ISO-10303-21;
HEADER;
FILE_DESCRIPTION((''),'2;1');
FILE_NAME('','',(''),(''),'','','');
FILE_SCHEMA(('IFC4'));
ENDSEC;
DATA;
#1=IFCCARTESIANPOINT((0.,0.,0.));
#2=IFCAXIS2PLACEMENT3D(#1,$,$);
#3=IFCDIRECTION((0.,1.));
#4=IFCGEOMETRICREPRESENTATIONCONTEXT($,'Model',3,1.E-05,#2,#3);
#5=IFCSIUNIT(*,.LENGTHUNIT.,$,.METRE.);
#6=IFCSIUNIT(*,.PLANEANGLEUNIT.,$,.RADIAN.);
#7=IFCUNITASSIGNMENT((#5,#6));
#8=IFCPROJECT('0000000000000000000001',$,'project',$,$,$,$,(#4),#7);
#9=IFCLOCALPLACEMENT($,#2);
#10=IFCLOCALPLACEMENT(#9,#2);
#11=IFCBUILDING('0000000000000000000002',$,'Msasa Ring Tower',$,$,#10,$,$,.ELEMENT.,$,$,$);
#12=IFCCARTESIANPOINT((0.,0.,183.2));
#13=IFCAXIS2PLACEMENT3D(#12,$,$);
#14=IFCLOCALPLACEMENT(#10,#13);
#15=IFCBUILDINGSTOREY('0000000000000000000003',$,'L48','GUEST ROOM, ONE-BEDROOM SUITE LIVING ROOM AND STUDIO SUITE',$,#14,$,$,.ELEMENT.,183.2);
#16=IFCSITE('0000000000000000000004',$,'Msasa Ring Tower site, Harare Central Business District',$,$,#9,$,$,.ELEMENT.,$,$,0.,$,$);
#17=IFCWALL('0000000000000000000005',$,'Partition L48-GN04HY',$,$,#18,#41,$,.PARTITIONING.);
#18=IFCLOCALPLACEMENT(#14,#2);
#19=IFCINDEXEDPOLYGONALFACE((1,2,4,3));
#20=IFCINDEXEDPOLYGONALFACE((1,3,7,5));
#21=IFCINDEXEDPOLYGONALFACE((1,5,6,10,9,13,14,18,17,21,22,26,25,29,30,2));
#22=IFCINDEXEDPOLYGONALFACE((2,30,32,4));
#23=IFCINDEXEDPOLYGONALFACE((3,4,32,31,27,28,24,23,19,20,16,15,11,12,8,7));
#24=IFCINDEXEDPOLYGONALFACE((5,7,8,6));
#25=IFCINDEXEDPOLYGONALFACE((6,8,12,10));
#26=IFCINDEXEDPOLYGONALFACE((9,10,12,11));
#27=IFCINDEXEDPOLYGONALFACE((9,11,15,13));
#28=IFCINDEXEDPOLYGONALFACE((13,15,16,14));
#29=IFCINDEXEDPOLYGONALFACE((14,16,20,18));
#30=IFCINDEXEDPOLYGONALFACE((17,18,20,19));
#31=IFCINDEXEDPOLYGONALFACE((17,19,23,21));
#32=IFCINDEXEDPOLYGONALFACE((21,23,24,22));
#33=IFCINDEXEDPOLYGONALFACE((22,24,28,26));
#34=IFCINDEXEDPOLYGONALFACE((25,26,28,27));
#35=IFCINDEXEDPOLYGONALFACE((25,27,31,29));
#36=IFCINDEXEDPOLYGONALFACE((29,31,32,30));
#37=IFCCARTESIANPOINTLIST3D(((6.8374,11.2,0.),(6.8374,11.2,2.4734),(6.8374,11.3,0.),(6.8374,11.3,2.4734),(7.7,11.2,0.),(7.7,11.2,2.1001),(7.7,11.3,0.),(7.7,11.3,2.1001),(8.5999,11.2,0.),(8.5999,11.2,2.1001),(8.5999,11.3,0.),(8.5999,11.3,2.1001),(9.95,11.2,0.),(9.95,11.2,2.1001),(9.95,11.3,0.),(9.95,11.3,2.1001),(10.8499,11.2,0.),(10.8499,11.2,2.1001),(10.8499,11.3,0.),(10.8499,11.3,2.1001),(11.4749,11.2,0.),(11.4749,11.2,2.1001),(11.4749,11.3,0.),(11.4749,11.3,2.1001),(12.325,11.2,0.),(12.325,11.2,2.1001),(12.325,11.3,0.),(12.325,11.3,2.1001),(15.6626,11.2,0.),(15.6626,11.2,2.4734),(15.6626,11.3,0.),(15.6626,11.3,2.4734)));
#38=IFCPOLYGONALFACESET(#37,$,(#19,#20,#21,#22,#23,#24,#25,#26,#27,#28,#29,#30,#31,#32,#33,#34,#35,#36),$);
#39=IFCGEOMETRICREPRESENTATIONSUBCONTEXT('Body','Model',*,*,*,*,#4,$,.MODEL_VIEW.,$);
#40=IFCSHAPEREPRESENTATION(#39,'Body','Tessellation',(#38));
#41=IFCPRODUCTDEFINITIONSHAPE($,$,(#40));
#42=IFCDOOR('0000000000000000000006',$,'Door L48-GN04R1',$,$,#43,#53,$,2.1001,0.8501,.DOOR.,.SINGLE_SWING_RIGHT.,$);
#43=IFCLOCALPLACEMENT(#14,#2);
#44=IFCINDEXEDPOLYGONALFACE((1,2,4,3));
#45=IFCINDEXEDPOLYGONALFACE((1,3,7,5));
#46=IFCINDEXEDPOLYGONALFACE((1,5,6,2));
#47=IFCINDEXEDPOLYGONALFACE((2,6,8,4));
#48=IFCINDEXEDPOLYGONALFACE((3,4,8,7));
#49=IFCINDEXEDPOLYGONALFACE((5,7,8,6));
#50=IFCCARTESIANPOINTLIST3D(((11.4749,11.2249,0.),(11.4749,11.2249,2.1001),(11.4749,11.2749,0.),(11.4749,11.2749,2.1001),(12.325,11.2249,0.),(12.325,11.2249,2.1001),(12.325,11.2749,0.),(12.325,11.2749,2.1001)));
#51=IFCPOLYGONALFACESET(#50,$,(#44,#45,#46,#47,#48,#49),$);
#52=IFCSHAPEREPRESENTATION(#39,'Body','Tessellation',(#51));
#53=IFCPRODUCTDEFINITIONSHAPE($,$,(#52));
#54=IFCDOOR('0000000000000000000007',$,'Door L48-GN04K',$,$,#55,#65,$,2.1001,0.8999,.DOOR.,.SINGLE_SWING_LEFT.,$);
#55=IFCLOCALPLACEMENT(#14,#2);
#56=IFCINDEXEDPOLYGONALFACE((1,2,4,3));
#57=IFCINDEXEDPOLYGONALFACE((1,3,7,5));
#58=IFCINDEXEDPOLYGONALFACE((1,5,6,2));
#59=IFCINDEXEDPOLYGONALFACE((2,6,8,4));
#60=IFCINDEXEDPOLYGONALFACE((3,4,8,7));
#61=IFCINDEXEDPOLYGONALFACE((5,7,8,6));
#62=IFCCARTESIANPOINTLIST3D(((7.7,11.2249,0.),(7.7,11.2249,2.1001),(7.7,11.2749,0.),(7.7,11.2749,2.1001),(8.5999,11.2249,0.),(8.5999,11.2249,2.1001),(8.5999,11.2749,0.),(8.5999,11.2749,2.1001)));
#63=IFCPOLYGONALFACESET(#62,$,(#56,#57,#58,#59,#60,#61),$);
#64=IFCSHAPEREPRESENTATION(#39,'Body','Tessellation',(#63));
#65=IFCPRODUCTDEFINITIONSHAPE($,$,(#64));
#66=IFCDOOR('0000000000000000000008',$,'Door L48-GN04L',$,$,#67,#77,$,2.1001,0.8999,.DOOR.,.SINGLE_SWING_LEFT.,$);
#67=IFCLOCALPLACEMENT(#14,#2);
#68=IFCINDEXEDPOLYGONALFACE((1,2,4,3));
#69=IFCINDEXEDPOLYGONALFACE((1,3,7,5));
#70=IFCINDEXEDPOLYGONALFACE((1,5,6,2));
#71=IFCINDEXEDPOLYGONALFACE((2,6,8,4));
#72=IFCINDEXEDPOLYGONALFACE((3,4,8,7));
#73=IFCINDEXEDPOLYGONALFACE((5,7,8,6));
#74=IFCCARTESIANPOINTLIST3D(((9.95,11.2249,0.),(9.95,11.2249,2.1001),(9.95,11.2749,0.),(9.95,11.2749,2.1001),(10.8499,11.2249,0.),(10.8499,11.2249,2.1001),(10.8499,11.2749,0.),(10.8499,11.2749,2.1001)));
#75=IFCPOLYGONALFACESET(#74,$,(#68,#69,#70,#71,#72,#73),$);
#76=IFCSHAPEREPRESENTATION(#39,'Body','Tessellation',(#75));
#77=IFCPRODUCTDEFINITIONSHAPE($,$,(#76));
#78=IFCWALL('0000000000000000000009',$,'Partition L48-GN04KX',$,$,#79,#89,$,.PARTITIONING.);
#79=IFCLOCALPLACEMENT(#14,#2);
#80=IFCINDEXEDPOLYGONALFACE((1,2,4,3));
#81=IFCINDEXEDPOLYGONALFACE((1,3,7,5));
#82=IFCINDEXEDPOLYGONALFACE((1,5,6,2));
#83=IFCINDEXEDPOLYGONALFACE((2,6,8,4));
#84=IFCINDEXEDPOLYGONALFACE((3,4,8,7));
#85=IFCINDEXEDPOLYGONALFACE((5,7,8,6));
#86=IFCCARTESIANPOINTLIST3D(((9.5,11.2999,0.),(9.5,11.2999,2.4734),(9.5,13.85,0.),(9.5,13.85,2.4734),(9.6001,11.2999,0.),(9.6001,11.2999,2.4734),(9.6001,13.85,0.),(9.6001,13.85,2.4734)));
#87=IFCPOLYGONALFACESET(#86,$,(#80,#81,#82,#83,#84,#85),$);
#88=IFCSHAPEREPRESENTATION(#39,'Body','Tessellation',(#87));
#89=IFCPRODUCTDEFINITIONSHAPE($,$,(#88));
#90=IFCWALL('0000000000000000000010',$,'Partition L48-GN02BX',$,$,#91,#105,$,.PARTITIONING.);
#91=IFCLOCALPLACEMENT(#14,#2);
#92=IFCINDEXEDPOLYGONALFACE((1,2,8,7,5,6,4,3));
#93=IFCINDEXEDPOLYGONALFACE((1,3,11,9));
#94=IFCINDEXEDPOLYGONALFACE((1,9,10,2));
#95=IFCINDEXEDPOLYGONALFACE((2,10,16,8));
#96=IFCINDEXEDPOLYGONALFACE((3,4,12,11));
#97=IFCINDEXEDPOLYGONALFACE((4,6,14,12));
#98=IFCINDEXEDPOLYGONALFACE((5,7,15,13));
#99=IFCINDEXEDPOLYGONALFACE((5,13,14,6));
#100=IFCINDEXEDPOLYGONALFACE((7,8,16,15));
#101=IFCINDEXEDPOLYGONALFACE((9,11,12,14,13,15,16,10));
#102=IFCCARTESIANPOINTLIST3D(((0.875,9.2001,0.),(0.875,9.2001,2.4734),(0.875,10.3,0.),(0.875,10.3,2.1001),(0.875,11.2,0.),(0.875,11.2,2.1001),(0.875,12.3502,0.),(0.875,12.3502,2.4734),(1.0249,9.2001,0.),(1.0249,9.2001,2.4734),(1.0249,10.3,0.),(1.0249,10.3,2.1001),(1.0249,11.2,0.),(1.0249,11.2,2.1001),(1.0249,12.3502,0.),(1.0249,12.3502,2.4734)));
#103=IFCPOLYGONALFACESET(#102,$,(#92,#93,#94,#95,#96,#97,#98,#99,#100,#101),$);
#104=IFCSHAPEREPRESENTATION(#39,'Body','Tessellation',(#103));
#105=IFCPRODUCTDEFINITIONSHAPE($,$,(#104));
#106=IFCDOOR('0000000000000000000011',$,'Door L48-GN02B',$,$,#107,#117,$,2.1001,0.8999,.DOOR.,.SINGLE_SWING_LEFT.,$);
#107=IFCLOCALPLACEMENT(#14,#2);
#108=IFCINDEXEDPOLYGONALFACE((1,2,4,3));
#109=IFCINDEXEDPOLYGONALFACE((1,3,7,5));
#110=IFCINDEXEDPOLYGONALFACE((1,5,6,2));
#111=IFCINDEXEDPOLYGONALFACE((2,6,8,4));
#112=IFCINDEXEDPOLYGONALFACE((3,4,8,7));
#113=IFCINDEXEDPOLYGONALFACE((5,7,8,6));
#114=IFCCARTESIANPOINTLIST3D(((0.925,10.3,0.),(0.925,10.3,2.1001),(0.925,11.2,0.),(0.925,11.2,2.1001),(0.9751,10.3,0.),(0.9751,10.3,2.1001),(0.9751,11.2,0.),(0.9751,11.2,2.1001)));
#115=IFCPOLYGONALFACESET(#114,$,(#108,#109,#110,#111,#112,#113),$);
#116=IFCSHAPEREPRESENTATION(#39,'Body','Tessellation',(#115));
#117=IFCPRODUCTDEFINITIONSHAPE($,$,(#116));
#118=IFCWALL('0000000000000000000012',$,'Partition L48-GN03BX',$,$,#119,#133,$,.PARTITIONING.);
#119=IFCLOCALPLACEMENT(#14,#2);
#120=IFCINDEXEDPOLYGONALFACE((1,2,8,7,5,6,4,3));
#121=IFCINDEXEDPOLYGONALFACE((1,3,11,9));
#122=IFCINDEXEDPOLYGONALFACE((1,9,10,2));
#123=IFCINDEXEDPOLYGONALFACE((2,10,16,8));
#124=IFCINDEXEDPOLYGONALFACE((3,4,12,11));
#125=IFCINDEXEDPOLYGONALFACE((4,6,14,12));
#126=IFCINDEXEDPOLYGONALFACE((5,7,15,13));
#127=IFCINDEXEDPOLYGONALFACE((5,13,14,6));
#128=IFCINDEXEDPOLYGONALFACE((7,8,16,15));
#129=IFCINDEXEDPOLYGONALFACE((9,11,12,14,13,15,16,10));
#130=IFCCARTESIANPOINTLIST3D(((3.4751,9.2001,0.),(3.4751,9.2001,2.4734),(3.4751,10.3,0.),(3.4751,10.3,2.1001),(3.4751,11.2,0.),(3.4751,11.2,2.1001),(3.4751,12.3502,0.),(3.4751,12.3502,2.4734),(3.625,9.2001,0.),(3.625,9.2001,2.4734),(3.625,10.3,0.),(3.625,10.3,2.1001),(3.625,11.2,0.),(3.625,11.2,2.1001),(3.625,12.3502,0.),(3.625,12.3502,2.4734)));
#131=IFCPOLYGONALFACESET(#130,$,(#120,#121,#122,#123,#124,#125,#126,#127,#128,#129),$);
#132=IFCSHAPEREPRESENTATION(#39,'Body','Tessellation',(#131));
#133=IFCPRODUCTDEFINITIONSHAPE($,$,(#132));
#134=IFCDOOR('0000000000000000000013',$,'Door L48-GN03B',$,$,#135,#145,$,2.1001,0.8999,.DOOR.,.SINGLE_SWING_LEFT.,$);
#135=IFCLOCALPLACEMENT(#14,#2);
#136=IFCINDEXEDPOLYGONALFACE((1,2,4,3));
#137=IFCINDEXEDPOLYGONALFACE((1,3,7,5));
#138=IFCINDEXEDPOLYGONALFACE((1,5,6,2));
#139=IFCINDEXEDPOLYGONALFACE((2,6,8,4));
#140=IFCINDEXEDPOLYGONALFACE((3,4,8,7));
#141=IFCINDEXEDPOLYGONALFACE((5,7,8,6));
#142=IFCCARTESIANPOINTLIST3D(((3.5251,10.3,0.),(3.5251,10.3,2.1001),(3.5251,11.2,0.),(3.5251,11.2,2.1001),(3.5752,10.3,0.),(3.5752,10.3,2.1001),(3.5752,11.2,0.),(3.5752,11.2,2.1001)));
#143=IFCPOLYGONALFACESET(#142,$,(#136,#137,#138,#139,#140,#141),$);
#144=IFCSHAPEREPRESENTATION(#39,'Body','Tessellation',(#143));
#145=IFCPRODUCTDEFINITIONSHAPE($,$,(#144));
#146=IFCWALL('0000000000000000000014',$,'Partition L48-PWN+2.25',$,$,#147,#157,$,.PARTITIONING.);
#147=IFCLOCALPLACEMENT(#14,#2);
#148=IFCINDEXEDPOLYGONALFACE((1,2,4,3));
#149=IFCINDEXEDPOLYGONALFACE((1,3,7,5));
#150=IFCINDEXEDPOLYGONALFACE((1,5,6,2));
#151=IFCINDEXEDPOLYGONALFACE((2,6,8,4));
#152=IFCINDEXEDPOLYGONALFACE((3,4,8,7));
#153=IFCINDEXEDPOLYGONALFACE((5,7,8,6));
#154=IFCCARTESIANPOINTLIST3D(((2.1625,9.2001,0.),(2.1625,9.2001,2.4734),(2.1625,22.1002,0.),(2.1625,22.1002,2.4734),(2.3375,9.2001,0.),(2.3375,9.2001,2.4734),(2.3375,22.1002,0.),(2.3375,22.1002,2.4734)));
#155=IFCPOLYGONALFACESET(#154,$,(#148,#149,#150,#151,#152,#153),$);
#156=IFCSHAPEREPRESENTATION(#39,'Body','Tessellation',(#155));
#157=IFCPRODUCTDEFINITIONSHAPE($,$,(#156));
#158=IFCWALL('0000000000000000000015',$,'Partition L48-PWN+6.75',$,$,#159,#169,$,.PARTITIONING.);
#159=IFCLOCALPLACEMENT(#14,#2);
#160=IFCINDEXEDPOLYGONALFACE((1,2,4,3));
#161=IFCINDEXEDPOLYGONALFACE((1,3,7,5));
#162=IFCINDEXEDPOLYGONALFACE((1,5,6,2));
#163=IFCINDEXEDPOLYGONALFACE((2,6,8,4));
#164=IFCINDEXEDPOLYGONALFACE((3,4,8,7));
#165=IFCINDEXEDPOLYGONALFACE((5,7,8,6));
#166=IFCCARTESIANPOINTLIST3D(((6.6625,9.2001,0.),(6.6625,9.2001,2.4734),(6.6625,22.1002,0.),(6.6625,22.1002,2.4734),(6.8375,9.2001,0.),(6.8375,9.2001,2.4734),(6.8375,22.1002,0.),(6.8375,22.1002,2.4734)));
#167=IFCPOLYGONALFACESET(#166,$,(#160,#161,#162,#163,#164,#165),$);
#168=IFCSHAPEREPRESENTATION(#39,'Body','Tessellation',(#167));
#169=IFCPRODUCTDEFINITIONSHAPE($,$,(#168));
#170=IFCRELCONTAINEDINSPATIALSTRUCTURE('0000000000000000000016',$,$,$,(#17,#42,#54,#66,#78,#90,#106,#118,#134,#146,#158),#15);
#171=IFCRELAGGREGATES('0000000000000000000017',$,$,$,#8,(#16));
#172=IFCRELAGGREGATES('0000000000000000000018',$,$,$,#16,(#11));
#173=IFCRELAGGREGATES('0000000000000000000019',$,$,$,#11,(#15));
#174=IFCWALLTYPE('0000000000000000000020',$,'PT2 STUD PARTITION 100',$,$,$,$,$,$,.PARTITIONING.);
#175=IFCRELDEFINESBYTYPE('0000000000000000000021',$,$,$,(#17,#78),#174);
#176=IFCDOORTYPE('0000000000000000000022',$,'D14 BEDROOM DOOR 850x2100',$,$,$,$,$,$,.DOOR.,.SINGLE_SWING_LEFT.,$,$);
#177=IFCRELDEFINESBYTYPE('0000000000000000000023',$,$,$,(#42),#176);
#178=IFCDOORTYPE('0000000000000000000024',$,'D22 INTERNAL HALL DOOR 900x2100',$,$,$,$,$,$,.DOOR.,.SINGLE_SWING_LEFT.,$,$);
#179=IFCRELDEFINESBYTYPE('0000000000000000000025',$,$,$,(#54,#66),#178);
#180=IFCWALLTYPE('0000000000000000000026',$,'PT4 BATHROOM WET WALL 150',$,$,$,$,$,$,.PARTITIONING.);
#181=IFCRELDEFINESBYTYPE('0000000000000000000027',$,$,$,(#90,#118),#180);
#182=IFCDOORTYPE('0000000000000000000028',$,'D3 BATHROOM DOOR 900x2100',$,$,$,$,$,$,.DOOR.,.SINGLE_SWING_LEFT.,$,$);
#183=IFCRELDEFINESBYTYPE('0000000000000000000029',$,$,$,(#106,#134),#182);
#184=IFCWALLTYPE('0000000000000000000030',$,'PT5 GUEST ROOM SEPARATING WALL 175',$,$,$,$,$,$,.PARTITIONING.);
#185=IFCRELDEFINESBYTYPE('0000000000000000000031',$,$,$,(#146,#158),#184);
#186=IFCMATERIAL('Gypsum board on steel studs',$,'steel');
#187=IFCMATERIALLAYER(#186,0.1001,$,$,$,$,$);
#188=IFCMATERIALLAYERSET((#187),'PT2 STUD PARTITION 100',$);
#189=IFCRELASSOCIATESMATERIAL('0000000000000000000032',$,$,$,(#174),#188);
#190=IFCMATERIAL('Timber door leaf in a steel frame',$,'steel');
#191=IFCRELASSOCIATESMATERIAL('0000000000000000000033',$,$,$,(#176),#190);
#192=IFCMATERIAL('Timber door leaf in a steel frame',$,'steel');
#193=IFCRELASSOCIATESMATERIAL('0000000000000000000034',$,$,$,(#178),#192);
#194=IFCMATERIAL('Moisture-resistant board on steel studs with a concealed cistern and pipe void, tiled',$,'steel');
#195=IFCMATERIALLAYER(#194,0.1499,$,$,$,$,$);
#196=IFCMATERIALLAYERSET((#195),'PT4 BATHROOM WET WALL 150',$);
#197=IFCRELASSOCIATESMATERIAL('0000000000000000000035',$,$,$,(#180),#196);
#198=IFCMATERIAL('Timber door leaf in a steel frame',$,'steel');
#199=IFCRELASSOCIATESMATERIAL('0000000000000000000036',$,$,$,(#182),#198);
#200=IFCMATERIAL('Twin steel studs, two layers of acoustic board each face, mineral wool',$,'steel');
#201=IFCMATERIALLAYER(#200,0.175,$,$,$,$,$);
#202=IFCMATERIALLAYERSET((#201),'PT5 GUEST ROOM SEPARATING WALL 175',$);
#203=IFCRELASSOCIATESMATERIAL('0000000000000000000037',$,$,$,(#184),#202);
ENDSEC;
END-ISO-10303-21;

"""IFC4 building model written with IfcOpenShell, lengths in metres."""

from ifc_helpers import new_model, si_unit, direction, frame, frame_2d, origin, place, context, subcontext, project, spatial, rectangle, extrude, material, layer, layer_set, type_object, element, fill, save


model = new_model("IFC4")

# Units and contexts
model_context = context("Model", 3, precision=1e-05, world=origin(), true_north=direction((0.0, 1.0)))
body_context = subcontext(model_context, "Body", "Model", "MODEL_VIEW")
ifc_project = project(units=[si_unit("LENGTHUNIT", "METRE"), si_unit("PLANEANGLEUNIT", "RADIAN")], contexts=[model_context])

# Site, building, storey
site_placement = place(None, origin())
site = spatial("IfcSite", under=ifc_project, at=site_placement, Name="Msasa Ring Tower site, Harare Central Business District", CompositionType="ELEMENT", RefElevation=0.0)
building_placement = place(site_placement, origin())
building = spatial("IfcBuilding", under=site, at=building_placement, Name="Msasa Ring Tower", CompositionType="ELEMENT")
storey_placement = place(building_placement, frame((0.0, 0.0, 183.2)))
storey = spatial("IfcBuildingStorey", under=building, at=storey_placement, Name="L48", Description="GUEST ROOM, ONE-BEDROOM SUITE LIVING ROOM AND STUDIO SUITE", CompositionType="ELEMENT", Elevation=183.2)

# Wall, openings, doors
ifc_material_1 = material(Name="Gypsum board on steel studs", Category="steel")
ifc_layer_1 = layer(ifc_material_1, 0.1001)
ifc_layer_set_1 = layer_set([ifc_layer_1], Name="PT2 STUD PARTITION 100")
wall_type_1 = type_object("IfcWallType", Name="PT2 STUD PARTITION 100", PredefinedType="PARTITIONING", material=ifc_layer_set_1)
wall_1_placement = place(storey_placement, frame((6.8374, 11.25, 0.0), z_axis=(0.0, 0.0, 1.0), x_axis=(1.0, 0.0, 0.0)))
wall_1 = element("IfcWall", 1, at=wall_1_placement, inside=storey, type_object=wall_type_1, Name="Partition L48-GN04HY", PredefinedType="PARTITIONING", context=body_context, shape_type="SweptSolid", body=[
    extrude(rectangle(XDim=8.8252, YDim=0.1001, at=frame_2d((4.4126, 0.0))), origin(), (0.0, 0.0, 1.0), 2.4734),
])
opening_1_placement = place(wall_1_placement, frame((0.8625, 0.0, 0.0)))
opening_1 = element("IfcOpeningElement", 2, at=opening_1_placement, cuts=wall_1, PredefinedType="OPENING", context=body_context, shape_type="SweptSolid", body=[
    extrude(rectangle(XDim=0.8999, YDim=2.1001, at=frame_2d((0.45, 1.05))), frame((0.0, 0.0601, 0.0), z_axis=(0.0, -1.0, 0.0), x_axis=(1.0, 0.0, 0.0)), (0.0, 0.0, 1.0), 0.1201),
])
opening_2_placement = place(wall_1_placement, frame((3.1125, 0.0, 0.0)))
opening_2 = element("IfcOpeningElement", 3, at=opening_2_placement, cuts=wall_1, PredefinedType="OPENING", context=body_context, shape_type="SweptSolid", body=[
    extrude(rectangle(XDim=0.8999, YDim=2.1001, at=frame_2d((0.45, 1.05))), frame((0.0, 0.0601, 0.0), z_axis=(0.0, -1.0, 0.0), x_axis=(1.0, 0.0, 0.0)), (0.0, 0.0, 1.0), 0.1201),
])
opening_3_placement = place(wall_1_placement, frame((4.6375, 0.0, 0.0)))
opening_3 = element("IfcOpeningElement", 4, at=opening_3_placement, cuts=wall_1, PredefinedType="OPENING", context=body_context, shape_type="SweptSolid", body=[
    extrude(rectangle(XDim=0.8501, YDim=2.1001, at=frame_2d((0.425, 1.05))), frame((0.0, 0.0601, 0.0), z_axis=(0.0, -1.0, 0.0), x_axis=(1.0, 0.0, 0.0)), (0.0, 0.0, 1.0), 0.1201),
])
ifc_material_2 = material(Name="Timber door leaf in a steel frame", Category="steel")
door_type_1 = type_object("IfcDoorType", Name="D14 BEDROOM DOOR 850x2100", OperationType="SINGLE_SWING_LEFT", PredefinedType="DOOR", material=ifc_material_2)
door_1_placement = place(opening_3_placement, origin())
door_1 = element("IfcDoor", 5, at=door_1_placement, inside=storey, type_object=door_type_1, Name="Door L48-GN04R1", OperationType="SINGLE_SWING_RIGHT", OverallHeight=2.1001, OverallWidth=0.8501, PredefinedType="DOOR", context=body_context, shape_type="SweptSolid", body=[
    extrude(rectangle(XDim=0.8501, YDim=2.1001, at=frame_2d((0.425, 1.05))), frame((0.0, 0.0249, 0.0), z_axis=(0.0, -1.0, 0.0), x_axis=(1.0, 0.0, 0.0)), (0.0, 0.0, 1.0), 0.05),
])
fill(opening_3, door_1)
ifc_material_3 = material(Name="Timber door leaf in a steel frame", Category="steel")
door_type_2 = type_object("IfcDoorType", Name="D22 INTERNAL HALL DOOR 900x2100", OperationType="SINGLE_SWING_LEFT", PredefinedType="DOOR", material=ifc_material_3)
door_2_placement = place(opening_1_placement, origin())
door_2 = element("IfcDoor", 6, at=door_2_placement, inside=storey, type_object=door_type_2, Name="Door L48-GN04K", OperationType="SINGLE_SWING_LEFT", OverallHeight=2.1001, OverallWidth=0.8999, PredefinedType="DOOR", context=body_context, shape_type="SweptSolid", body=[
    extrude(rectangle(XDim=0.8999, YDim=2.1001, at=frame_2d((0.45, 1.05))), frame((0.0, 0.0249, 0.0), z_axis=(0.0, -1.0, 0.0), x_axis=(1.0, 0.0, 0.0)), (0.0, 0.0, 1.0), 0.05),
])
fill(opening_1, door_2)
door_3_placement = place(opening_2_placement, origin())
door_3 = element("IfcDoor", 7, at=door_3_placement, inside=storey, type_object=door_type_2, Name="Door L48-GN04L", OperationType="SINGLE_SWING_LEFT", OverallHeight=2.1001, OverallWidth=0.8999, PredefinedType="DOOR", context=body_context, shape_type="SweptSolid", body=[
    extrude(rectangle(XDim=0.8999, YDim=2.1001, at=frame_2d((0.45, 1.05))), frame((0.0, 0.0249, 0.0), z_axis=(0.0, -1.0, 0.0), x_axis=(1.0, 0.0, 0.0)), (0.0, 0.0, 1.0), 0.05),
])
fill(opening_2, door_3)

# Wall
wall_2_placement = place(storey_placement, frame((9.55, 11.3, 0.0), z_axis=(0.0, 0.0, 1.0), x_axis=(0.0, 1.0, 0.0)))
element("IfcWall", 8, at=wall_2_placement, inside=storey, type_object=wall_type_1, Name="Partition L48-GN04KX", PredefinedType="PARTITIONING", context=body_context, shape_type="SweptSolid", body=[
    extrude(rectangle(XDim=2.55, YDim=0.1001, at=frame_2d((1.2749, 0.0))), origin(), (0.0, 0.0, 1.0), 2.4734),
])

# Walls, openings, doors
ifc_material_4 = material(Name="Moisture-resistant board on steel studs with a concealed cistern and pipe void, tiled", Category="steel")
ifc_layer_2 = layer(ifc_material_4, 0.1499)
ifc_layer_set_2 = layer_set([ifc_layer_2], Name="PT4 BATHROOM WET WALL 150")
wall_type_2 = type_object("IfcWallType", Name="PT4 BATHROOM WET WALL 150", PredefinedType="PARTITIONING", material=ifc_layer_set_2)
wall_3_placement = place(storey_placement, frame((0.95, 9.2, 0.0), z_axis=(0.0, 0.0, 1.0), x_axis=(0.0, 1.0, 0.0)))
wall_3 = element("IfcWall", 9, at=wall_3_placement, inside=storey, type_object=wall_type_2, Name="Partition L48-GN02BX", PredefinedType="PARTITIONING", context=body_context, shape_type="SweptSolid", body=[
    extrude(rectangle(XDim=3.1501, YDim=0.1499, at=frame_2d((1.5752, 0.0))), origin(), (0.0, 0.0, 1.0), 2.4734),
])
opening_4_placement = place(wall_3_placement, frame((1.1001, 0.0, 0.0)))
opening_4 = element("IfcOpeningElement", 10, at=opening_4_placement, cuts=wall_3, PredefinedType="OPENING", context=body_context, shape_type="SweptSolid", body=[
    extrude(rectangle(XDim=0.8999, YDim=2.1001, at=frame_2d((0.45, 1.05))), frame((0.0, 0.085, 0.0), z_axis=(0.0, -1.0, 0.0), x_axis=(1.0, 0.0, 0.0)), (0.0, 0.0, 1.0), 0.1699),
])
ifc_material_5 = material(Name="Timber door leaf in a steel frame", Category="steel")
door_type_3 = type_object("IfcDoorType", Name="D3 BATHROOM DOOR 900x2100", OperationType="SINGLE_SWING_LEFT", PredefinedType="DOOR", material=ifc_material_5)
door_4_placement = place(opening_4_placement, origin())
door_4 = element("IfcDoor", 11, at=door_4_placement, inside=storey, type_object=door_type_3, Name="Door L48-GN02B", OperationType="SINGLE_SWING_LEFT", OverallHeight=2.1001, OverallWidth=0.8999, PredefinedType="DOOR", context=body_context, shape_type="SweptSolid", body=[
    extrude(rectangle(XDim=0.8999, YDim=2.1001, at=frame_2d((0.45, 1.05))), frame((0.0, 0.0249, 0.0), z_axis=(0.0, -1.0, 0.0), x_axis=(1.0, 0.0, 0.0)), (0.0, 0.0, 1.0), 0.05),
])
fill(opening_4, door_4)
wall_4_placement = place(storey_placement, frame((3.55, 9.2, 0.0), z_axis=(0.0, 0.0, 1.0), x_axis=(0.0, 1.0, 0.0)))
wall_4 = element("IfcWall", 12, at=wall_4_placement, inside=storey, type_object=wall_type_2, Name="Partition L48-GN03BX", PredefinedType="PARTITIONING", context=body_context, shape_type="SweptSolid", body=[
    extrude(rectangle(XDim=3.1501, YDim=0.1499, at=frame_2d((1.5752, 0.0))), origin(), (0.0, 0.0, 1.0), 2.4734),
])
opening_5_placement = place(wall_4_placement, frame((1.1001, 0.0, 0.0)))
opening_5 = element("IfcOpeningElement", 13, at=opening_5_placement, cuts=wall_4, PredefinedType="OPENING", context=body_context, shape_type="SweptSolid", body=[
    extrude(rectangle(XDim=0.8999, YDim=2.1001, at=frame_2d((0.45, 1.05))), frame((0.0, 0.085, 0.0), z_axis=(0.0, -1.0, 0.0), x_axis=(1.0, 0.0, 0.0)), (0.0, 0.0, 1.0), 0.1699),
])
door_5_placement = place(opening_5_placement, origin())
door_5 = element("IfcDoor", 14, at=door_5_placement, inside=storey, type_object=door_type_3, Name="Door L48-GN03B", OperationType="SINGLE_SWING_LEFT", OverallHeight=2.1001, OverallWidth=0.8999, PredefinedType="DOOR", context=body_context, shape_type="SweptSolid", body=[
    extrude(rectangle(XDim=0.8999, YDim=2.1001, at=frame_2d((0.45, 1.05))), frame((0.0, 0.0249, 0.0), z_axis=(0.0, -1.0, 0.0), x_axis=(1.0, 0.0, 0.0)), (0.0, 0.0, 1.0), 0.05),
])
fill(opening_5, door_5)

# Walls
ifc_material_6 = material(Name="Twin steel studs, two layers of acoustic board each face, mineral wool", Category="steel")
ifc_layer_3 = layer(ifc_material_6, 0.175)
ifc_layer_set_3 = layer_set([ifc_layer_3], Name="PT5 GUEST ROOM SEPARATING WALL 175")
wall_type_3 = type_object("IfcWallType", Name="PT5 GUEST ROOM SEPARATING WALL 175", PredefinedType="PARTITIONING", material=ifc_layer_set_3)
for number, where, z_axis, x_axis, name in (
    (15, (2.25, 9.2, 0.0), (0.0, 0.0, 1.0), (0.0, 1.0, 0.0), "Partition L48-PWN+2.25"),
    (16, (6.75, 9.2, 0.0), (0.0, 0.0, 1.0), (0.0, 1.0, 0.0), "Partition L48-PWN+6.75"),
):
    element("IfcWall", number, at=place(storey_placement, frame(where, z_axis=z_axis, x_axis=x_axis)), inside=storey, type_object=wall_type_3, Name=name, PredefinedType="PARTITIONING", context=body_context, shape_type="SweptSolid", body=[
        extrude(rectangle(XDim=12.9001, YDim=0.175, at=frame_2d((6.4502, 0.0))), origin(), (0.0, 0.0, 1.0), 2.4734),
    ])

save(model, "model.ifc")
